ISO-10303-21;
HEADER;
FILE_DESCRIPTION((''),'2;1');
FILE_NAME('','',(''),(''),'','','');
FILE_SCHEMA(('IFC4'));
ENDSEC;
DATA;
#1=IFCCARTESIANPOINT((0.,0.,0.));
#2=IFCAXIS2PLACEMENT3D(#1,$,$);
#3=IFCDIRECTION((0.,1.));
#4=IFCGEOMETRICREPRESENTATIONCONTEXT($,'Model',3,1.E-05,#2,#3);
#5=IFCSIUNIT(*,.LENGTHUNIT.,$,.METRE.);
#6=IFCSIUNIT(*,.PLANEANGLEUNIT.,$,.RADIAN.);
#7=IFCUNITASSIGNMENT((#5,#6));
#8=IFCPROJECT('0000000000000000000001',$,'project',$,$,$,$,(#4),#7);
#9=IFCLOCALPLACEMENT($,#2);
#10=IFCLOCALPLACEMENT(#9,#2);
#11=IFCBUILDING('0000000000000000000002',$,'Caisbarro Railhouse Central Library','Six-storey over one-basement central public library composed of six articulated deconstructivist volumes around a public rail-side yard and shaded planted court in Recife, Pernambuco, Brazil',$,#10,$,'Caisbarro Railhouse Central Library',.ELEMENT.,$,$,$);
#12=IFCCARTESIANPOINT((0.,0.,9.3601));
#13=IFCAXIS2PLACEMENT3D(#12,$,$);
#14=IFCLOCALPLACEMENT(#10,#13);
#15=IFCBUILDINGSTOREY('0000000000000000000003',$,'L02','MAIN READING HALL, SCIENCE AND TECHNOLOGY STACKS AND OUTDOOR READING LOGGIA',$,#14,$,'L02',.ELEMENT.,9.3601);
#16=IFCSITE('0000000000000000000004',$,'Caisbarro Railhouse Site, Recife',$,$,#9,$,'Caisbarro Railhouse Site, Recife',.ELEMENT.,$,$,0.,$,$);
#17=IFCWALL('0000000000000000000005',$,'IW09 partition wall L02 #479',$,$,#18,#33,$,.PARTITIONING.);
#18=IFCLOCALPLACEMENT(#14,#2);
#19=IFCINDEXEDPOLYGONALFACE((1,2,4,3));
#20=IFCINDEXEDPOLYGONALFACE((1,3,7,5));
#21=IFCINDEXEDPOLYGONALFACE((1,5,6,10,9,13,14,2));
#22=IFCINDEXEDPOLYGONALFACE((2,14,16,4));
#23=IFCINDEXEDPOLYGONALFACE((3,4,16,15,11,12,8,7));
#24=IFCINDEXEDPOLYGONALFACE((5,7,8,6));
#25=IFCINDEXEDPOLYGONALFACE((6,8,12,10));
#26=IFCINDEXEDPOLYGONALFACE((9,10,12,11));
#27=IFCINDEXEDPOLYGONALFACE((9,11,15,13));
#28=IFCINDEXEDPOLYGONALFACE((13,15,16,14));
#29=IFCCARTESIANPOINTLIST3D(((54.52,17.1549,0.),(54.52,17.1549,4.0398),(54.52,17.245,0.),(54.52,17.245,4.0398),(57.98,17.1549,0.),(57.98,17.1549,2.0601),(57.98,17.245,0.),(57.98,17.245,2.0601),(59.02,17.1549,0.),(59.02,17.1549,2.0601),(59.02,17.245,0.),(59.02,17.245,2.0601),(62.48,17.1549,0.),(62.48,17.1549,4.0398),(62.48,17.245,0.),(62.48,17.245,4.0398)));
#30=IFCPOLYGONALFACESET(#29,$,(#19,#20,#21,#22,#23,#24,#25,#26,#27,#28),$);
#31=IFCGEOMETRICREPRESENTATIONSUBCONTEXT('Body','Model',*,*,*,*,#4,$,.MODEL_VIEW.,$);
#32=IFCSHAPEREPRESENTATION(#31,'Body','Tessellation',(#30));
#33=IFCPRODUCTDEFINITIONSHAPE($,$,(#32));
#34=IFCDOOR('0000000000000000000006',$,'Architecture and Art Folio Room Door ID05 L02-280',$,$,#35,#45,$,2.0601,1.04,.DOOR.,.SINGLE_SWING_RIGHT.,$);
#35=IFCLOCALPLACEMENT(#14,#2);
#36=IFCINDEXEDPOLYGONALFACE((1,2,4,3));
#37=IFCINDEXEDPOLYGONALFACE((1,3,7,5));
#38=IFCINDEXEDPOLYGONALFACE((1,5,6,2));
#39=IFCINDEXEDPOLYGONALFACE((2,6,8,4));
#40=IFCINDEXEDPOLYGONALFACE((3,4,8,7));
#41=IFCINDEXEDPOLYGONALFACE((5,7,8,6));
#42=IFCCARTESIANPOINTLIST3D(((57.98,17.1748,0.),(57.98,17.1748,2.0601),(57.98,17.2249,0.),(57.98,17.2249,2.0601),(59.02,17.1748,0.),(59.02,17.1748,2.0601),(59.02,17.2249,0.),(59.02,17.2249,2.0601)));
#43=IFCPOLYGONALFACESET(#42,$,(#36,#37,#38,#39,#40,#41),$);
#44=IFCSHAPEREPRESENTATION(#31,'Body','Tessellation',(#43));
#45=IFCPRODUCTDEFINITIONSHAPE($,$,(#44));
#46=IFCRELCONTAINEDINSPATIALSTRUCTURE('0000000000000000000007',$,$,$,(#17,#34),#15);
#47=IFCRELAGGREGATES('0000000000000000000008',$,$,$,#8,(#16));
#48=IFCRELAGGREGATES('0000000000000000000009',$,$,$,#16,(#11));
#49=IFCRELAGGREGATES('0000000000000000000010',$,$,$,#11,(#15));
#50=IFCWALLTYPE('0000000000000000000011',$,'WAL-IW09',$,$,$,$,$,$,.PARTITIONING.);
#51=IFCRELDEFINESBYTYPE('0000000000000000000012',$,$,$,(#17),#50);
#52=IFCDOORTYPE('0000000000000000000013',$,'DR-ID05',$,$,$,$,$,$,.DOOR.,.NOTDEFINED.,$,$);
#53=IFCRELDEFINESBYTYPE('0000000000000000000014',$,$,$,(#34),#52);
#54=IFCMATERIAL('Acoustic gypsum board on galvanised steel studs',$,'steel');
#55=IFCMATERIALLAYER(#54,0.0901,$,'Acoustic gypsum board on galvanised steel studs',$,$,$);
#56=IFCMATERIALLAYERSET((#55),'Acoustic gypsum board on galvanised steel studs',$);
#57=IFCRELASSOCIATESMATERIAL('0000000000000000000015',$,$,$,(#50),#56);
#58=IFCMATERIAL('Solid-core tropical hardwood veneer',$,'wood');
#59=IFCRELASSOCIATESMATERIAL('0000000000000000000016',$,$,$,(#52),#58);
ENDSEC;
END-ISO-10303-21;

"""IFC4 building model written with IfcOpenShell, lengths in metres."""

from ifc_helpers import new_model, si_unit, direction, frame, frame_2d, origin, place, context, subcontext, project, spatial, rectangle, extrude, material, layer, layer_set, type_object, element, fill, save


model = new_model("IFC4")

# Units and contexts
model_context = context("Model", 3, precision=1e-05, world=origin(), true_north=direction((0.0, 1.0)))
body_context = subcontext(model_context, "Body", "Model", "MODEL_VIEW")
ifc_project = project(units=[si_unit("LENGTHUNIT", "METRE"), si_unit("PLANEANGLEUNIT", "RADIAN")], contexts=[model_context])

# Site, building, storey
site_placement = place(None, origin())
site = spatial("IfcSite", under=ifc_project, at=site_placement, Name="Caisbarro Railhouse Site, Recife", LongName="Caisbarro Railhouse Site, Recife", CompositionType="ELEMENT", RefElevation=0.0)
building_placement = place(site_placement, origin())
building = spatial("IfcBuilding", under=site, at=building_placement, Name="Caisbarro Railhouse Central Library", Description="Six-storey over one-basement central public library composed of six articulated deconstructivist volumes around a public rail-side yard and shaded planted court in Recife, Pernambuco, Brazil", LongName="Caisbarro Railhouse Central Library", CompositionType="ELEMENT")
storey_placement = place(building_placement, frame((0.0, 0.0, 9.3601)))
storey = spatial("IfcBuildingStorey", under=building, at=storey_placement, Name="L02", Description="MAIN READING HALL, SCIENCE AND TECHNOLOGY STACKS AND OUTDOOR READING LOGGIA", LongName="L02", CompositionType="ELEMENT", Elevation=9.3601)

# Wall, opening, door
ifc_material_1 = material(Name="Acoustic gypsum board on galvanised steel studs", Category="steel")
ifc_layer_1 = layer(ifc_material_1, 0.0901, Name="Acoustic gypsum board on galvanised steel studs")
ifc_layer_set_1 = layer_set([ifc_layer_1], Name="Acoustic gypsum board on galvanised steel studs")
wall_type_1 = type_object("IfcWallType", Name="WAL-IW09", PredefinedType="PARTITIONING", material=ifc_layer_set_1)
wall_1_placement = place(storey_placement, frame((54.52, 17.2, 0.0), z_axis=(0.0, 0.0, 1.0), x_axis=(1.0, 0.0, 0.0)))
wall_1 = element("IfcWall", 1, at=wall_1_placement, inside=storey, type_object=wall_type_1, Name="IW09 partition wall L02 #479", PredefinedType="PARTITIONING", context=body_context, shape_type="SweptSolid", body=[
    extrude(rectangle(XDim=7.96, YDim=0.0901, at=frame_2d((3.98, 0.0))), origin(), (0.0, 0.0, 1.0), 4.0398),
])
opening_1_placement = place(wall_1_placement, frame((3.46, 0.0, 0.0)))
opening_1 = element("IfcOpeningElement", 2, at=opening_1_placement, cuts=wall_1, PredefinedType="OPENING", context=body_context, shape_type="SweptSolid", body=[
    extrude(rectangle(XDim=1.04, YDim=2.0601, at=frame_2d((0.52, 1.03))), frame((0.0, 0.0552, 0.0), z_axis=(0.0, -1.0, 0.0), x_axis=(1.0, 0.0, 0.0)), (0.0, 0.0, 1.0), 0.1101),
])
ifc_material_2 = material(Name="Solid-core tropical hardwood veneer", Category="wood")
door_type_1 = type_object("IfcDoorType", Name="DR-ID05", OperationType="NOTDEFINED", PredefinedType="DOOR", material=ifc_material_2)
door_1_placement = place(opening_1_placement, origin())
door_1 = element("IfcDoor", 3, at=door_1_placement, inside=storey, type_object=door_type_1, Name="Architecture and Art Folio Room Door ID05 L02-280", OperationType="SINGLE_SWING_RIGHT", OverallHeight=2.0601, OverallWidth=1.04, PredefinedType="DOOR", context=body_context, shape_type="SweptSolid", body=[
    extrude(rectangle(XDim=1.04, YDim=2.0601, at=frame_2d((0.52, 1.03))), frame((0.0, 0.0249, 0.0), z_axis=(0.0, -1.0, 0.0), x_axis=(1.0, 0.0, 0.0)), (0.0, 0.0, 1.0), 0.05),
])
fill(opening_1, door_1)

save(model, "model.ifc")
